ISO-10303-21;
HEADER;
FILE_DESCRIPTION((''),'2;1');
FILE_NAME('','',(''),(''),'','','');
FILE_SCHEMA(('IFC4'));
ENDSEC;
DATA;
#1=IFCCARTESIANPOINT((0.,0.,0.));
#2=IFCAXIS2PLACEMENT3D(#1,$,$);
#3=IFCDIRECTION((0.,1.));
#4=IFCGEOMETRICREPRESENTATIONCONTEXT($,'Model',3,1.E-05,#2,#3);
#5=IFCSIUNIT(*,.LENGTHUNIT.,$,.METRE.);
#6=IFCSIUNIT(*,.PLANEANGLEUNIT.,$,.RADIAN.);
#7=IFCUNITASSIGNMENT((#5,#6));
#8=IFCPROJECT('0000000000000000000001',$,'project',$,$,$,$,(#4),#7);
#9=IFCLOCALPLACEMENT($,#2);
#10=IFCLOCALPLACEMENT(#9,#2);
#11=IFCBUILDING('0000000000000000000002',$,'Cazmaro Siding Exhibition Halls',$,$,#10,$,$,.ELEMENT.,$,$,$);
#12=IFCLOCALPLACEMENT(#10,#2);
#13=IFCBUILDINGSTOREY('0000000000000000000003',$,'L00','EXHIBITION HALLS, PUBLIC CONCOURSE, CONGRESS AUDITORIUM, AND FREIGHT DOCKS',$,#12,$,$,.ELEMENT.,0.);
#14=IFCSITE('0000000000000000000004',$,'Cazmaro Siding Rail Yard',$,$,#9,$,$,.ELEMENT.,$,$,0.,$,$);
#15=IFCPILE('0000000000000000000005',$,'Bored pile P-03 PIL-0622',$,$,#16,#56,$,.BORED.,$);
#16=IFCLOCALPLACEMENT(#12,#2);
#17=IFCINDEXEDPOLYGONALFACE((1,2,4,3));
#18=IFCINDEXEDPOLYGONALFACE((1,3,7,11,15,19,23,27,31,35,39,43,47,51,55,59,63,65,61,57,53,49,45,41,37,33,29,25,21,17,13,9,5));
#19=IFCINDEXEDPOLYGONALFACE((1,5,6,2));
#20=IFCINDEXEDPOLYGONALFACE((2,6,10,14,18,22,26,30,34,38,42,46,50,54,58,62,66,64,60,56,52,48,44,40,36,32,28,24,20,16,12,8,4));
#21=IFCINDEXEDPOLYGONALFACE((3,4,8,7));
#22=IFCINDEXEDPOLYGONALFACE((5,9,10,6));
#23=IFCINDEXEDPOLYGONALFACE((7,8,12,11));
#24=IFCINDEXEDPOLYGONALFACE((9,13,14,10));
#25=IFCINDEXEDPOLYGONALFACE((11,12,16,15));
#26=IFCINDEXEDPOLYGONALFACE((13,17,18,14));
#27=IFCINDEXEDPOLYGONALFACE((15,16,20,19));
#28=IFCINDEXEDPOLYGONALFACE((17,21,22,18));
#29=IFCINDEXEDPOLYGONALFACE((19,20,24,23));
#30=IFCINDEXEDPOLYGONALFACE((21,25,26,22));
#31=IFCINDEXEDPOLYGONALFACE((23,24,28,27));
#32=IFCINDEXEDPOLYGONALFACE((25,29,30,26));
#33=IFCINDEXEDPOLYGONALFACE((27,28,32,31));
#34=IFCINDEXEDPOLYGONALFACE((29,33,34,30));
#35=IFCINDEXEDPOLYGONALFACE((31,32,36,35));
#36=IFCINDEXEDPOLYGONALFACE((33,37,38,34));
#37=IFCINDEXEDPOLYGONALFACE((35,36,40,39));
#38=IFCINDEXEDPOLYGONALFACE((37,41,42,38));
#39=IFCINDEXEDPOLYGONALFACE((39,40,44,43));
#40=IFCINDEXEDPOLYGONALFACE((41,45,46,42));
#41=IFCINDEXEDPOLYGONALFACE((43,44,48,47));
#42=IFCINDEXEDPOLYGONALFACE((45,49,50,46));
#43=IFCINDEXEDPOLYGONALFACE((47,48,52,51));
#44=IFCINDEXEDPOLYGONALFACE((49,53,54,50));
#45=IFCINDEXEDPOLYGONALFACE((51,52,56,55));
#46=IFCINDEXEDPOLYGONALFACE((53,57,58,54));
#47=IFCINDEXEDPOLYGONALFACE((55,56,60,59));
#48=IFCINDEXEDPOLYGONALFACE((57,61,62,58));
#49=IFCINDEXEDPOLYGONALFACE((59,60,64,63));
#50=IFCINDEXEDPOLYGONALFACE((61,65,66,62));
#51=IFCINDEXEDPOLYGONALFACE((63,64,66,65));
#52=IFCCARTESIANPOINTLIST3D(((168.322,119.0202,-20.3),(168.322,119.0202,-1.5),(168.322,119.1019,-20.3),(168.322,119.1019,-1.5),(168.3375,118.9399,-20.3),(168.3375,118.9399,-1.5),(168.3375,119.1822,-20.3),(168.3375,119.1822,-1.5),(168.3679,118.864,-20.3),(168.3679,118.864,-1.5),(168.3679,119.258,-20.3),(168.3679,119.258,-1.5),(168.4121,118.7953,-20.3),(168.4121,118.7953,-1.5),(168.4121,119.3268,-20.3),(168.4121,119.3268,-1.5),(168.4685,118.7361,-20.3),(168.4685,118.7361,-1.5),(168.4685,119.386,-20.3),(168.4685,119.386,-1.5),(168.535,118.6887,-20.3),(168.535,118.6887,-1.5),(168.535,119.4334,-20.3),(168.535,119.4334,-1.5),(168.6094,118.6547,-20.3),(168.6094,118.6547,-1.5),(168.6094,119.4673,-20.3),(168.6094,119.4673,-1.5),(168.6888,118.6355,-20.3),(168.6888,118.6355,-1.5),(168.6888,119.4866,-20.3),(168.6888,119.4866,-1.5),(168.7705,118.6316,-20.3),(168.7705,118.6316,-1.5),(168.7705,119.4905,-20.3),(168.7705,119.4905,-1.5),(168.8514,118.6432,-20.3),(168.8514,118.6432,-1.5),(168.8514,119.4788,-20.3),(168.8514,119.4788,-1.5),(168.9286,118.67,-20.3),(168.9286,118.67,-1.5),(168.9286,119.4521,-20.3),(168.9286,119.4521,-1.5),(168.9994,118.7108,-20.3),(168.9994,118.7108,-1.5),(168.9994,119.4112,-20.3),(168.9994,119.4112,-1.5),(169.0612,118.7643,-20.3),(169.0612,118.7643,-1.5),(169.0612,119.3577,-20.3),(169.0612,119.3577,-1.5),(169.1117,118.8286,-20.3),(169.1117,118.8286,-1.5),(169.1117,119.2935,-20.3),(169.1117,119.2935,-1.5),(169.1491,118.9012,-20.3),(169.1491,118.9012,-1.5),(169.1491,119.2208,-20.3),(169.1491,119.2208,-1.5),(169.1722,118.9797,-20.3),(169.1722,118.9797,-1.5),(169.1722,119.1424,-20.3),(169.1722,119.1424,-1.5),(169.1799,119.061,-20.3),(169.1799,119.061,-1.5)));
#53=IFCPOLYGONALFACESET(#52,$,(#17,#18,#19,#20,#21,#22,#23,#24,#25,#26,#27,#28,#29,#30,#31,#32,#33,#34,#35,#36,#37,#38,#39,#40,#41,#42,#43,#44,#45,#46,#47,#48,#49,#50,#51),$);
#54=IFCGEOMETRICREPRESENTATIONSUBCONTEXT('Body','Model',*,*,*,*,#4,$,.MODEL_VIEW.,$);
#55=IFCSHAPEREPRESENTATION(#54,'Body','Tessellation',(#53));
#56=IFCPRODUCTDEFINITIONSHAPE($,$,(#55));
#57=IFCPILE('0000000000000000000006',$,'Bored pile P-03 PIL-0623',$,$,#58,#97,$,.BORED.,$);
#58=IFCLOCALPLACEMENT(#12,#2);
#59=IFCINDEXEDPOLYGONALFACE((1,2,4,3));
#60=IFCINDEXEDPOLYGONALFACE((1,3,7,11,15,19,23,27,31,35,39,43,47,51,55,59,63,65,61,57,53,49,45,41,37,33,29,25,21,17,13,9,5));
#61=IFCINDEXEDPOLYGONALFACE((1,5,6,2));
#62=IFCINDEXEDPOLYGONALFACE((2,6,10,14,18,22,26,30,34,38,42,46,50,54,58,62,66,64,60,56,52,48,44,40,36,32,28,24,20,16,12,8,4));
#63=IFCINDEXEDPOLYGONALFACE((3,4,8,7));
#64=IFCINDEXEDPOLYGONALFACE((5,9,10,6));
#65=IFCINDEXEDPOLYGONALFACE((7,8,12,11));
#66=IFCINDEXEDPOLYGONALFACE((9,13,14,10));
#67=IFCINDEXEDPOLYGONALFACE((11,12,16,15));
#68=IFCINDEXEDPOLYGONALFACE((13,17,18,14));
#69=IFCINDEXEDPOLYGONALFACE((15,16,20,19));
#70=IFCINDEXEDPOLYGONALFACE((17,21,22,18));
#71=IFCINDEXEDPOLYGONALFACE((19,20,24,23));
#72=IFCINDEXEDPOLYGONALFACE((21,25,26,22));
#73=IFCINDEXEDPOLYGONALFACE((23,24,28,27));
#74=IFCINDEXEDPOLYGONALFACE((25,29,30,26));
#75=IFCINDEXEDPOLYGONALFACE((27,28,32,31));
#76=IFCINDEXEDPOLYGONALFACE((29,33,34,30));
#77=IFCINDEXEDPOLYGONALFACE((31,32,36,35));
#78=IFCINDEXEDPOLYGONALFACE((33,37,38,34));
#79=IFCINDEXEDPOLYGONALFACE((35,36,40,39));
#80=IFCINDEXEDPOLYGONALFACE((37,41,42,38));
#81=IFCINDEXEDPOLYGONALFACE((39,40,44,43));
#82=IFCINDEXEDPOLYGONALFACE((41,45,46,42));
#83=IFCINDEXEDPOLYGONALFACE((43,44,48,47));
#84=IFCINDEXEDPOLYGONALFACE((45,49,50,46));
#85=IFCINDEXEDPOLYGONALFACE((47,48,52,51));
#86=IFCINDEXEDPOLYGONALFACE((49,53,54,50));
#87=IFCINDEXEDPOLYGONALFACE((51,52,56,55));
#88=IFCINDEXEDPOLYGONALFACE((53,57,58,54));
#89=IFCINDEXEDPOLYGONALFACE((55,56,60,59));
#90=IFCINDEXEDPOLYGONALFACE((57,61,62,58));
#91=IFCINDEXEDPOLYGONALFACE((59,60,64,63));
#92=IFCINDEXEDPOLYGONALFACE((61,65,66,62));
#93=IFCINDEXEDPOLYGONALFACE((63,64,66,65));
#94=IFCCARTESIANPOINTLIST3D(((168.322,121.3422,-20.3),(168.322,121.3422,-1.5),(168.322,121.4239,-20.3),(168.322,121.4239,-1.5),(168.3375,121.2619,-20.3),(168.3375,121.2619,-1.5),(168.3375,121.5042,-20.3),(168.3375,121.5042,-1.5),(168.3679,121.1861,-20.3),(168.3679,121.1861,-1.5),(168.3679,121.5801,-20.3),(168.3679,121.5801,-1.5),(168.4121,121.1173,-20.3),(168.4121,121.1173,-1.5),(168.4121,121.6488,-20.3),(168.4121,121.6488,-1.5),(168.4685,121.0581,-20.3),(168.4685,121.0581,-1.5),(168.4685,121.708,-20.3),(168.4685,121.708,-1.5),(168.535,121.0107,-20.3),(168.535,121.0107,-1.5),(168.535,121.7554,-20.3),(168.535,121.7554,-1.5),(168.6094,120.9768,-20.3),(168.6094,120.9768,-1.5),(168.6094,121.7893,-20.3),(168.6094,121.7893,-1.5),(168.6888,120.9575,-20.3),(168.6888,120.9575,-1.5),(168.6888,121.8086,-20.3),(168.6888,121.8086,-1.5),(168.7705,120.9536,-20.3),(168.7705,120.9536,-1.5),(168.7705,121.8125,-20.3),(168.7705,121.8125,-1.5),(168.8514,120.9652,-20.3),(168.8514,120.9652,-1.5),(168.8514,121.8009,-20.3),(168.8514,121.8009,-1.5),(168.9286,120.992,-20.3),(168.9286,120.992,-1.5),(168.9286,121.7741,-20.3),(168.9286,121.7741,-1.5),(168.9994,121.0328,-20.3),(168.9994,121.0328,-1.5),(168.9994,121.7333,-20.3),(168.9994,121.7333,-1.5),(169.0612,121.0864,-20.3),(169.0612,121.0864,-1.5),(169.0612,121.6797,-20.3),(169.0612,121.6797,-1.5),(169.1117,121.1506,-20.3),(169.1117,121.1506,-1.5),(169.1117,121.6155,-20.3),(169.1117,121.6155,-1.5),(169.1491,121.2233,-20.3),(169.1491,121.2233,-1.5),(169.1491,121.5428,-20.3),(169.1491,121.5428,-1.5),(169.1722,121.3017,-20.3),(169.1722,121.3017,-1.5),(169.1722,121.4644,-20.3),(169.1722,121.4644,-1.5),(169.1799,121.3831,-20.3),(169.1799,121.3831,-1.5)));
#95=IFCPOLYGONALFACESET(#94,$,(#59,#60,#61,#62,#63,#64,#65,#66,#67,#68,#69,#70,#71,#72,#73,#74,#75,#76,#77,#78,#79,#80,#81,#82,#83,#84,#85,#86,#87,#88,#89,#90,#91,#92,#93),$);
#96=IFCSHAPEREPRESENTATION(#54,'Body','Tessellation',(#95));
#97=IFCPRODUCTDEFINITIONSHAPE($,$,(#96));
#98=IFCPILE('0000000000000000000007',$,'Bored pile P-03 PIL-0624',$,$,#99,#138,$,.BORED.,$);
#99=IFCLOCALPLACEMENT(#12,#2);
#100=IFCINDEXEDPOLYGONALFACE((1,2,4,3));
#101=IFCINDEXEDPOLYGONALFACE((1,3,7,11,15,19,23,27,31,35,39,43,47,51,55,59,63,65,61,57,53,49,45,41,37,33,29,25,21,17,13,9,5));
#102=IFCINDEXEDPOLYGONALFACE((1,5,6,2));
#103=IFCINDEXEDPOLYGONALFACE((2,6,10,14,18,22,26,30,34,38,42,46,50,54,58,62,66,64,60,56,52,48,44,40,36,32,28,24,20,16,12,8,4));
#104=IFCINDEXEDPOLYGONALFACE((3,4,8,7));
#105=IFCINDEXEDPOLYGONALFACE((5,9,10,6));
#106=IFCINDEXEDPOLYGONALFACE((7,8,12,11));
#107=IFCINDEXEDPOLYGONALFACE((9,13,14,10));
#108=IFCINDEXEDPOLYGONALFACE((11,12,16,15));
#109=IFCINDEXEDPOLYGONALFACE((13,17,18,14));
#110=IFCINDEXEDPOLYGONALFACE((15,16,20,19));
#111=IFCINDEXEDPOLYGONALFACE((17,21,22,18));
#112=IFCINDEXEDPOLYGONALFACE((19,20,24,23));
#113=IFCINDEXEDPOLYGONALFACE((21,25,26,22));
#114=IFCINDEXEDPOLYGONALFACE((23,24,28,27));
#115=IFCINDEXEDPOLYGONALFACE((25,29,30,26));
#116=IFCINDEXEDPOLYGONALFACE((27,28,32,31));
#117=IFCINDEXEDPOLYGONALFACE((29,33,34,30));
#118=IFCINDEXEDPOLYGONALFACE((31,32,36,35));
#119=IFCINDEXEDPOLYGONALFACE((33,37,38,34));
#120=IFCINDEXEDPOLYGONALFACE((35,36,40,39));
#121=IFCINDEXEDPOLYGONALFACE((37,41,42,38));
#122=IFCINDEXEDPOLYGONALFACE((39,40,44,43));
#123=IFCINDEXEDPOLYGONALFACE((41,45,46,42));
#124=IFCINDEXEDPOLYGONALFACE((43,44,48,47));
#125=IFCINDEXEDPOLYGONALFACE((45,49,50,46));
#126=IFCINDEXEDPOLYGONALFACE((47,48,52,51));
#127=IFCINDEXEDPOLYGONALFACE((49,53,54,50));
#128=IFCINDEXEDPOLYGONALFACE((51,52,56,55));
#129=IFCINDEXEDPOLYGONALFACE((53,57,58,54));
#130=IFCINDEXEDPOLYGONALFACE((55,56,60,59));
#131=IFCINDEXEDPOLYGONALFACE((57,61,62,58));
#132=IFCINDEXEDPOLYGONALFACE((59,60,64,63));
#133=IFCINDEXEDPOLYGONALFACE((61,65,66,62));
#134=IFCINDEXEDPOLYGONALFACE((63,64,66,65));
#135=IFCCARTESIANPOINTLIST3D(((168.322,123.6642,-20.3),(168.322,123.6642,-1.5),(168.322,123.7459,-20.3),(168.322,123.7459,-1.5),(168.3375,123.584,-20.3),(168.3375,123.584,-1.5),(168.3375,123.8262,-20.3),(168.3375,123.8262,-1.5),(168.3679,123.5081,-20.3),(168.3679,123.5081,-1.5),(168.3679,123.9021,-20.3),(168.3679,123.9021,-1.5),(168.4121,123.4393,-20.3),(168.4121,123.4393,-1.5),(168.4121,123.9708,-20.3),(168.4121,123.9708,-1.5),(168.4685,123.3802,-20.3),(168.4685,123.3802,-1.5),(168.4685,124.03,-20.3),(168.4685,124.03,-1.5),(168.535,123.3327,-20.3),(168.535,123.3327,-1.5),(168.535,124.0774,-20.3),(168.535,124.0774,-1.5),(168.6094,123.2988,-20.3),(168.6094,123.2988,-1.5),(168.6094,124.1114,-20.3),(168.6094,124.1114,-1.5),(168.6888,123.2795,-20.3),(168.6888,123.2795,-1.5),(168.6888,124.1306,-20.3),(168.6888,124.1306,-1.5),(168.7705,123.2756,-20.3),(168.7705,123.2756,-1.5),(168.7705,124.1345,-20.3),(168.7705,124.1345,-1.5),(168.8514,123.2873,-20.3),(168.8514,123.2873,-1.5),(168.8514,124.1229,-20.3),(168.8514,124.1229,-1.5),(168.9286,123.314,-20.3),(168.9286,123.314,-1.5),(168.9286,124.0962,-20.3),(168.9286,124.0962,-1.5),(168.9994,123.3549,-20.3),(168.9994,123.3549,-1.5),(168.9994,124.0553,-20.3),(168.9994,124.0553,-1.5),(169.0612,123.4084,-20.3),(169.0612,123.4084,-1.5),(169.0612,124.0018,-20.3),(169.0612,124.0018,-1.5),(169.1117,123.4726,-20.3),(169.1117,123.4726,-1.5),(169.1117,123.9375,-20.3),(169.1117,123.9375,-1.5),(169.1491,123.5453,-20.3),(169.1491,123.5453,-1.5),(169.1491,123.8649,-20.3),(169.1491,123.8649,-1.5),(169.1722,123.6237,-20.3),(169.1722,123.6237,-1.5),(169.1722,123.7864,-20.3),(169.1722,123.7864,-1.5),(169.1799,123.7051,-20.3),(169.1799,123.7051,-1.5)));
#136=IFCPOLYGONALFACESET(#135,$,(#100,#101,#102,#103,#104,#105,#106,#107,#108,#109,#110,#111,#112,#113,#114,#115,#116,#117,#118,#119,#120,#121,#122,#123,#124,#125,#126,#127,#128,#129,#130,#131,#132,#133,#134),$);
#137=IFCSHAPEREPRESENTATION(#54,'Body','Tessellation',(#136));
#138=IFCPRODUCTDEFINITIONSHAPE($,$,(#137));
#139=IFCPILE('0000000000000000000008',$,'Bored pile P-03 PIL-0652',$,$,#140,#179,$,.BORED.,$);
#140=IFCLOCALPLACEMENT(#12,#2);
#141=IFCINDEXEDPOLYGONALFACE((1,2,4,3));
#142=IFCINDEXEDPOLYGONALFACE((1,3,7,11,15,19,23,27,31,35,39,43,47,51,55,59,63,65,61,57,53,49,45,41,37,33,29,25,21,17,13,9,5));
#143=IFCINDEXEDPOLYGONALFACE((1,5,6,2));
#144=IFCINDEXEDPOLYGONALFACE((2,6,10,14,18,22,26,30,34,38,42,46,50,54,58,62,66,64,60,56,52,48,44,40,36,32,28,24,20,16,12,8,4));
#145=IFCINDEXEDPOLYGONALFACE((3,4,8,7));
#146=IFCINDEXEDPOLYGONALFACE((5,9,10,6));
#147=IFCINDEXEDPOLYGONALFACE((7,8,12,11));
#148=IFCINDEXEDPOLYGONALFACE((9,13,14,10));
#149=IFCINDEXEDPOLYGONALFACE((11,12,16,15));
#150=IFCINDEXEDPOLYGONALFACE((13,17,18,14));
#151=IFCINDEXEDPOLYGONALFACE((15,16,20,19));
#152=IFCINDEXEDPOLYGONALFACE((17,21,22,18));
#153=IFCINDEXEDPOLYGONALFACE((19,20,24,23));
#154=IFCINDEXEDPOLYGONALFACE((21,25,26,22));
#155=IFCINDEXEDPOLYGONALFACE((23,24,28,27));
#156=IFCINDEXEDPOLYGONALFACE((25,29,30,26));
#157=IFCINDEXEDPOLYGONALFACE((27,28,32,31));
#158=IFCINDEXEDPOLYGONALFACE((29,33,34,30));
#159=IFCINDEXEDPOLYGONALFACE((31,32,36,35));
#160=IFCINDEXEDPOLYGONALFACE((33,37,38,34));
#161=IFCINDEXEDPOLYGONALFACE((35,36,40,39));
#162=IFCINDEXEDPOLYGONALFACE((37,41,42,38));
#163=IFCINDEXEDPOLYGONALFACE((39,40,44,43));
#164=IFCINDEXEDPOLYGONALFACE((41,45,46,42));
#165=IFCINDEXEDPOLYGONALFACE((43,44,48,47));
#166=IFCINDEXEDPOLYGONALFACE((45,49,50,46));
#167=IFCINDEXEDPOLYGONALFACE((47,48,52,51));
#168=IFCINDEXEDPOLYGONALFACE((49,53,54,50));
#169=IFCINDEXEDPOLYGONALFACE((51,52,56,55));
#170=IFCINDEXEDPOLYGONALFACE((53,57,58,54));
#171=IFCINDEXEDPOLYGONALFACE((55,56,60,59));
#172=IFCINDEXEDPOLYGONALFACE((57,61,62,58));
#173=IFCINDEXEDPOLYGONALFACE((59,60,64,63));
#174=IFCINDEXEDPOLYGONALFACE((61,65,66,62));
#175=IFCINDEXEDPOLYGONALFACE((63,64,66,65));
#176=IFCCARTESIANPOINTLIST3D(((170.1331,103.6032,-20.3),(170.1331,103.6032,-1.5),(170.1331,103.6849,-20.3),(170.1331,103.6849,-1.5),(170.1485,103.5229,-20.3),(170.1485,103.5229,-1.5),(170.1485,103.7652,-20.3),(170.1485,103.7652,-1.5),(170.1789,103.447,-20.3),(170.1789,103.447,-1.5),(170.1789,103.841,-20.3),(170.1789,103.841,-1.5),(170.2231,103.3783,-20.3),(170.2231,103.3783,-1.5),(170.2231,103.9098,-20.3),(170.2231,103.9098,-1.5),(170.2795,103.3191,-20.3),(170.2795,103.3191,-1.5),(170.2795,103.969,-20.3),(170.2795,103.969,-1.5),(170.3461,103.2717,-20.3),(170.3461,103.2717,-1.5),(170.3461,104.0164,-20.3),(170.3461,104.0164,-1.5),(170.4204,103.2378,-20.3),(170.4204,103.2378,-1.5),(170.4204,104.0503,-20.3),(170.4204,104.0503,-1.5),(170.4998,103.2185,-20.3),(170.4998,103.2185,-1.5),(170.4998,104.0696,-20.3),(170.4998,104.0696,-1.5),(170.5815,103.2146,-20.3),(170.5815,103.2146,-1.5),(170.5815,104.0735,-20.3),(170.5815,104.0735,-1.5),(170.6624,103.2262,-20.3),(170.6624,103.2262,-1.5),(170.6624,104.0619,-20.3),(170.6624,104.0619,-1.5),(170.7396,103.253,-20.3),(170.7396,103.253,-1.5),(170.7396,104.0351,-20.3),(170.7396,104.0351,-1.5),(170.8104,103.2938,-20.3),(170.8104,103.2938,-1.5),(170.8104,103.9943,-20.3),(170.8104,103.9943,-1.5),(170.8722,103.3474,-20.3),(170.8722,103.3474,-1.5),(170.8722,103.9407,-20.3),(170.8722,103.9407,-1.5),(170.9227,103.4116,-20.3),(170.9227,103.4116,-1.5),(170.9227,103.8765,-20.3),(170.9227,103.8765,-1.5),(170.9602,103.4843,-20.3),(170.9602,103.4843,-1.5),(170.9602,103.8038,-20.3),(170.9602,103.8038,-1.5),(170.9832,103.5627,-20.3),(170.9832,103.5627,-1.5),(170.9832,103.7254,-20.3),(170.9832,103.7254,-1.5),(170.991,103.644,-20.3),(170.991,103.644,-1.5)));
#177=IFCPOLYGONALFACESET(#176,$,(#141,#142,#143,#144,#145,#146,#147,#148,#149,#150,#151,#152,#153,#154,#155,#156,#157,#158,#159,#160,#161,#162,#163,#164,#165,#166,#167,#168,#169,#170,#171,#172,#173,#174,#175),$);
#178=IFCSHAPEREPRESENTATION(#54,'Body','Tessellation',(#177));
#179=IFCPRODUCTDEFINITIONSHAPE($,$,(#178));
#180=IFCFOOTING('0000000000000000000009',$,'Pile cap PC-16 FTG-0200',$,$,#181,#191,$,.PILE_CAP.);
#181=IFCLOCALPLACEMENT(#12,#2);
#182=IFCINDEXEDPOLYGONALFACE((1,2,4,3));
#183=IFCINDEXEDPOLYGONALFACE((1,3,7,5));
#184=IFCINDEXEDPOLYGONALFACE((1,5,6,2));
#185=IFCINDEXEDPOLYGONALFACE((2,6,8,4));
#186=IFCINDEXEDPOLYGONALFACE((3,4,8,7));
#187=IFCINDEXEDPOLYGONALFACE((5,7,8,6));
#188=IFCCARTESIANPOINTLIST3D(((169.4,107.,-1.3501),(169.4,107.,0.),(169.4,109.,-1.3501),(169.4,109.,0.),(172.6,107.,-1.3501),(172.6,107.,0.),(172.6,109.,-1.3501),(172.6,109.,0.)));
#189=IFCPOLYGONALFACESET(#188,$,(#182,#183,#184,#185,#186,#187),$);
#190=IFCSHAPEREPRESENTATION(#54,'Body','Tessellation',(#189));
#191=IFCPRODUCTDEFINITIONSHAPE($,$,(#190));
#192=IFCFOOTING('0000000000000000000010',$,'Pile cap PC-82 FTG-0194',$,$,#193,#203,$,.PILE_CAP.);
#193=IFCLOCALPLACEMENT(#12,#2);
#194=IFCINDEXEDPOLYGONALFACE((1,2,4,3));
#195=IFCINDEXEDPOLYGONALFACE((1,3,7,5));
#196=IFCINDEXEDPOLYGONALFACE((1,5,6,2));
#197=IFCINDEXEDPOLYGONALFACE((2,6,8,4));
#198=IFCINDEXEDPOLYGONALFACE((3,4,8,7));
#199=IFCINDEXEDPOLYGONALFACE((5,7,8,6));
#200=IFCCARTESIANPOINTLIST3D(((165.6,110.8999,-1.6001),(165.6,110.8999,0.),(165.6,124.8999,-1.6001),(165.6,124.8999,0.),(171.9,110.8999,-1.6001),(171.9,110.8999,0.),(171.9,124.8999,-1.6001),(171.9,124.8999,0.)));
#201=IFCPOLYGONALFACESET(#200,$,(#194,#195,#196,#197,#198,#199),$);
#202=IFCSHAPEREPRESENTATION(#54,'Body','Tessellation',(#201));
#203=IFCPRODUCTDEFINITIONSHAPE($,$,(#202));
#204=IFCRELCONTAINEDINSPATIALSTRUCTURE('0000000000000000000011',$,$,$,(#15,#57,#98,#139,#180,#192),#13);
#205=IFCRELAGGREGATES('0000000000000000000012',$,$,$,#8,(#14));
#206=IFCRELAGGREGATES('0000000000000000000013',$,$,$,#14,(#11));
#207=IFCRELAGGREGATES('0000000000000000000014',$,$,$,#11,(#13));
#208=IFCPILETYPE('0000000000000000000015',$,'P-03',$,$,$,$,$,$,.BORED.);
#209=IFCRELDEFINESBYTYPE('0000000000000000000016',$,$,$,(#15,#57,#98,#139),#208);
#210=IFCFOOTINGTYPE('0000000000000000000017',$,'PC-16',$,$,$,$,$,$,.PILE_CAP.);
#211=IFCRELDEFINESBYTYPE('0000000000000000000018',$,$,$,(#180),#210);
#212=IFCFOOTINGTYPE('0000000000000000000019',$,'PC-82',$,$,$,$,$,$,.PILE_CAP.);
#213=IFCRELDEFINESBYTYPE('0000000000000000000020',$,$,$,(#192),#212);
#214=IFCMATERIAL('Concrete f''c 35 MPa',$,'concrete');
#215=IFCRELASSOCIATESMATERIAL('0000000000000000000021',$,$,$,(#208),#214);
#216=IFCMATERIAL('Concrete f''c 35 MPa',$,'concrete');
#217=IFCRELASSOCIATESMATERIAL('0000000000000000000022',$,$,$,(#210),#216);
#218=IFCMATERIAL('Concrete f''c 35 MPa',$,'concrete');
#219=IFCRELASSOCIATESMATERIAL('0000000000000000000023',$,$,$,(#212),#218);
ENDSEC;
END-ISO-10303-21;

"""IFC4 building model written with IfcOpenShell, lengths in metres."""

from ifc_helpers import new_model, si_unit, direction, frame, origin, origin_2d, place, context, subcontext, project, spatial, rectangle, circle, extrude, material, material_profile, profile_set, type_object, element, save


model = new_model("IFC4")

# Units and contexts
model_context = context("Model", 3, precision=1e-05, world=origin(), true_north=direction((0.0, 1.0)))
body_context = subcontext(model_context, "Body", "Model", "MODEL_VIEW")
ifc_project = project(units=[si_unit("LENGTHUNIT", "METRE"), si_unit("PLANEANGLEUNIT", "RADIAN")], contexts=[model_context])

# Site, building, storey
site_placement = place(None, origin())
site = spatial("IfcSite", under=ifc_project, at=site_placement, Name="Cazmaro Siding Rail Yard", CompositionType="ELEMENT", RefElevation=0.0)
building_placement = place(site_placement, origin())
building = spatial("IfcBuilding", under=site, at=building_placement, Name="Cazmaro Siding Exhibition Halls", CompositionType="ELEMENT")
storey_placement = place(building_placement, origin())
storey = spatial("IfcBuildingStorey", under=building, at=storey_placement, Name="L00", Description="EXHIBITION HALLS, PUBLIC CONCOURSE, CONGRESS AUDITORIUM, AND FREIGHT DOCKS", CompositionType="ELEMENT", Elevation=0.0)

# Piles
ifc_material_1 = material(Name="Concrete f'c 35 MPa", Category="concrete")
ifc_material_profile_1 = material_profile(ifc_material_1, circle(Radius=0.4299, at=origin_2d()), Name="CIDH-860")
ifc_profile_set_1 = profile_set([ifc_material_profile_1], Name="Concrete f'c 35 MPa")
pile_type_1 = type_object("IfcPileType", Name="P-03", PredefinedType="BORED", material=ifc_profile_set_1)
for number, where, z_axis, x_axis, name in (
    (1, (168.75, 119.061, -1.5), (0.0, 0.0, -1.0), (1.0, 0.0, 0.0), "Bored pile P-03 PIL-0622"),
    (2, (168.75, 121.3831, -1.5), (0.0, 0.0, -1.0), (1.0, 0.0, 0.0), "Bored pile P-03 PIL-0623"),
    (3, (168.75, 123.7051, -1.5), (0.0, 0.0, -1.0), (1.0, 0.0, 0.0), "Bored pile P-03 PIL-0624"),
    (4, (170.561, 103.644, -1.5), (0.0, 0.0, -1.0), (1.0, 0.0, 0.0), "Bored pile P-03 PIL-0652"),
):
    element("IfcPile", number, at=place(storey_placement, frame(where, z_axis=z_axis, x_axis=x_axis)), inside=storey, type_object=pile_type_1, Name=name, PredefinedType="BORED", context=body_context, shape_type="SweptSolid", body=[
        extrude(circle(Radius=0.4299, at=origin_2d()), origin(), (0.0, 0.0, 1.0), 18.8),
    ])

# Footings
ifc_material_2 = material(Name="Concrete f'c 35 MPa", Category="concrete")
footing_type_1 = type_object("IfcFootingType", Name="PC-16", PredefinedType="PILE_CAP", material=ifc_material_2)
footing_1_placement = place(storey_placement, frame((171.0, 108.0, -1.3501), z_axis=(0.0, 0.0, 1.0), x_axis=(1.0, 0.0, 0.0)))
element("IfcFooting", 5, at=footing_1_placement, inside=storey, type_object=footing_type_1, Name="Pile cap PC-16 FTG-0200", PredefinedType="PILE_CAP", context=body_context, shape_type="SweptSolid", body=[
    extrude(rectangle(XDim=3.2, YDim=2.0, at=origin_2d()), origin(), (0.0, 0.0, 1.0), 1.3501),
])
ifc_material_3 = material(Name="Concrete f'c 35 MPa", Category="concrete")
footing_type_2 = type_object("IfcFootingType", Name="PC-82", PredefinedType="PILE_CAP", material=ifc_material_3)
footing_2_placement = place(storey_placement, frame((168.75, 117.8999, -1.6001), z_axis=(0.0, 0.0, 1.0), x_axis=(1.0, 0.0, 0.0)))
element("IfcFooting", 6, at=footing_2_placement, inside=storey, type_object=footing_type_2, Name="Pile cap PC-82 FTG-0194", PredefinedType="PILE_CAP", context=body_context, shape_type="SweptSolid", body=[
    extrude(rectangle(XDim=6.3, YDim=14.0, at=origin_2d()), origin(), (0.0, 0.0, 1.0), 1.6001),
])

save(model, "model.ifc")
